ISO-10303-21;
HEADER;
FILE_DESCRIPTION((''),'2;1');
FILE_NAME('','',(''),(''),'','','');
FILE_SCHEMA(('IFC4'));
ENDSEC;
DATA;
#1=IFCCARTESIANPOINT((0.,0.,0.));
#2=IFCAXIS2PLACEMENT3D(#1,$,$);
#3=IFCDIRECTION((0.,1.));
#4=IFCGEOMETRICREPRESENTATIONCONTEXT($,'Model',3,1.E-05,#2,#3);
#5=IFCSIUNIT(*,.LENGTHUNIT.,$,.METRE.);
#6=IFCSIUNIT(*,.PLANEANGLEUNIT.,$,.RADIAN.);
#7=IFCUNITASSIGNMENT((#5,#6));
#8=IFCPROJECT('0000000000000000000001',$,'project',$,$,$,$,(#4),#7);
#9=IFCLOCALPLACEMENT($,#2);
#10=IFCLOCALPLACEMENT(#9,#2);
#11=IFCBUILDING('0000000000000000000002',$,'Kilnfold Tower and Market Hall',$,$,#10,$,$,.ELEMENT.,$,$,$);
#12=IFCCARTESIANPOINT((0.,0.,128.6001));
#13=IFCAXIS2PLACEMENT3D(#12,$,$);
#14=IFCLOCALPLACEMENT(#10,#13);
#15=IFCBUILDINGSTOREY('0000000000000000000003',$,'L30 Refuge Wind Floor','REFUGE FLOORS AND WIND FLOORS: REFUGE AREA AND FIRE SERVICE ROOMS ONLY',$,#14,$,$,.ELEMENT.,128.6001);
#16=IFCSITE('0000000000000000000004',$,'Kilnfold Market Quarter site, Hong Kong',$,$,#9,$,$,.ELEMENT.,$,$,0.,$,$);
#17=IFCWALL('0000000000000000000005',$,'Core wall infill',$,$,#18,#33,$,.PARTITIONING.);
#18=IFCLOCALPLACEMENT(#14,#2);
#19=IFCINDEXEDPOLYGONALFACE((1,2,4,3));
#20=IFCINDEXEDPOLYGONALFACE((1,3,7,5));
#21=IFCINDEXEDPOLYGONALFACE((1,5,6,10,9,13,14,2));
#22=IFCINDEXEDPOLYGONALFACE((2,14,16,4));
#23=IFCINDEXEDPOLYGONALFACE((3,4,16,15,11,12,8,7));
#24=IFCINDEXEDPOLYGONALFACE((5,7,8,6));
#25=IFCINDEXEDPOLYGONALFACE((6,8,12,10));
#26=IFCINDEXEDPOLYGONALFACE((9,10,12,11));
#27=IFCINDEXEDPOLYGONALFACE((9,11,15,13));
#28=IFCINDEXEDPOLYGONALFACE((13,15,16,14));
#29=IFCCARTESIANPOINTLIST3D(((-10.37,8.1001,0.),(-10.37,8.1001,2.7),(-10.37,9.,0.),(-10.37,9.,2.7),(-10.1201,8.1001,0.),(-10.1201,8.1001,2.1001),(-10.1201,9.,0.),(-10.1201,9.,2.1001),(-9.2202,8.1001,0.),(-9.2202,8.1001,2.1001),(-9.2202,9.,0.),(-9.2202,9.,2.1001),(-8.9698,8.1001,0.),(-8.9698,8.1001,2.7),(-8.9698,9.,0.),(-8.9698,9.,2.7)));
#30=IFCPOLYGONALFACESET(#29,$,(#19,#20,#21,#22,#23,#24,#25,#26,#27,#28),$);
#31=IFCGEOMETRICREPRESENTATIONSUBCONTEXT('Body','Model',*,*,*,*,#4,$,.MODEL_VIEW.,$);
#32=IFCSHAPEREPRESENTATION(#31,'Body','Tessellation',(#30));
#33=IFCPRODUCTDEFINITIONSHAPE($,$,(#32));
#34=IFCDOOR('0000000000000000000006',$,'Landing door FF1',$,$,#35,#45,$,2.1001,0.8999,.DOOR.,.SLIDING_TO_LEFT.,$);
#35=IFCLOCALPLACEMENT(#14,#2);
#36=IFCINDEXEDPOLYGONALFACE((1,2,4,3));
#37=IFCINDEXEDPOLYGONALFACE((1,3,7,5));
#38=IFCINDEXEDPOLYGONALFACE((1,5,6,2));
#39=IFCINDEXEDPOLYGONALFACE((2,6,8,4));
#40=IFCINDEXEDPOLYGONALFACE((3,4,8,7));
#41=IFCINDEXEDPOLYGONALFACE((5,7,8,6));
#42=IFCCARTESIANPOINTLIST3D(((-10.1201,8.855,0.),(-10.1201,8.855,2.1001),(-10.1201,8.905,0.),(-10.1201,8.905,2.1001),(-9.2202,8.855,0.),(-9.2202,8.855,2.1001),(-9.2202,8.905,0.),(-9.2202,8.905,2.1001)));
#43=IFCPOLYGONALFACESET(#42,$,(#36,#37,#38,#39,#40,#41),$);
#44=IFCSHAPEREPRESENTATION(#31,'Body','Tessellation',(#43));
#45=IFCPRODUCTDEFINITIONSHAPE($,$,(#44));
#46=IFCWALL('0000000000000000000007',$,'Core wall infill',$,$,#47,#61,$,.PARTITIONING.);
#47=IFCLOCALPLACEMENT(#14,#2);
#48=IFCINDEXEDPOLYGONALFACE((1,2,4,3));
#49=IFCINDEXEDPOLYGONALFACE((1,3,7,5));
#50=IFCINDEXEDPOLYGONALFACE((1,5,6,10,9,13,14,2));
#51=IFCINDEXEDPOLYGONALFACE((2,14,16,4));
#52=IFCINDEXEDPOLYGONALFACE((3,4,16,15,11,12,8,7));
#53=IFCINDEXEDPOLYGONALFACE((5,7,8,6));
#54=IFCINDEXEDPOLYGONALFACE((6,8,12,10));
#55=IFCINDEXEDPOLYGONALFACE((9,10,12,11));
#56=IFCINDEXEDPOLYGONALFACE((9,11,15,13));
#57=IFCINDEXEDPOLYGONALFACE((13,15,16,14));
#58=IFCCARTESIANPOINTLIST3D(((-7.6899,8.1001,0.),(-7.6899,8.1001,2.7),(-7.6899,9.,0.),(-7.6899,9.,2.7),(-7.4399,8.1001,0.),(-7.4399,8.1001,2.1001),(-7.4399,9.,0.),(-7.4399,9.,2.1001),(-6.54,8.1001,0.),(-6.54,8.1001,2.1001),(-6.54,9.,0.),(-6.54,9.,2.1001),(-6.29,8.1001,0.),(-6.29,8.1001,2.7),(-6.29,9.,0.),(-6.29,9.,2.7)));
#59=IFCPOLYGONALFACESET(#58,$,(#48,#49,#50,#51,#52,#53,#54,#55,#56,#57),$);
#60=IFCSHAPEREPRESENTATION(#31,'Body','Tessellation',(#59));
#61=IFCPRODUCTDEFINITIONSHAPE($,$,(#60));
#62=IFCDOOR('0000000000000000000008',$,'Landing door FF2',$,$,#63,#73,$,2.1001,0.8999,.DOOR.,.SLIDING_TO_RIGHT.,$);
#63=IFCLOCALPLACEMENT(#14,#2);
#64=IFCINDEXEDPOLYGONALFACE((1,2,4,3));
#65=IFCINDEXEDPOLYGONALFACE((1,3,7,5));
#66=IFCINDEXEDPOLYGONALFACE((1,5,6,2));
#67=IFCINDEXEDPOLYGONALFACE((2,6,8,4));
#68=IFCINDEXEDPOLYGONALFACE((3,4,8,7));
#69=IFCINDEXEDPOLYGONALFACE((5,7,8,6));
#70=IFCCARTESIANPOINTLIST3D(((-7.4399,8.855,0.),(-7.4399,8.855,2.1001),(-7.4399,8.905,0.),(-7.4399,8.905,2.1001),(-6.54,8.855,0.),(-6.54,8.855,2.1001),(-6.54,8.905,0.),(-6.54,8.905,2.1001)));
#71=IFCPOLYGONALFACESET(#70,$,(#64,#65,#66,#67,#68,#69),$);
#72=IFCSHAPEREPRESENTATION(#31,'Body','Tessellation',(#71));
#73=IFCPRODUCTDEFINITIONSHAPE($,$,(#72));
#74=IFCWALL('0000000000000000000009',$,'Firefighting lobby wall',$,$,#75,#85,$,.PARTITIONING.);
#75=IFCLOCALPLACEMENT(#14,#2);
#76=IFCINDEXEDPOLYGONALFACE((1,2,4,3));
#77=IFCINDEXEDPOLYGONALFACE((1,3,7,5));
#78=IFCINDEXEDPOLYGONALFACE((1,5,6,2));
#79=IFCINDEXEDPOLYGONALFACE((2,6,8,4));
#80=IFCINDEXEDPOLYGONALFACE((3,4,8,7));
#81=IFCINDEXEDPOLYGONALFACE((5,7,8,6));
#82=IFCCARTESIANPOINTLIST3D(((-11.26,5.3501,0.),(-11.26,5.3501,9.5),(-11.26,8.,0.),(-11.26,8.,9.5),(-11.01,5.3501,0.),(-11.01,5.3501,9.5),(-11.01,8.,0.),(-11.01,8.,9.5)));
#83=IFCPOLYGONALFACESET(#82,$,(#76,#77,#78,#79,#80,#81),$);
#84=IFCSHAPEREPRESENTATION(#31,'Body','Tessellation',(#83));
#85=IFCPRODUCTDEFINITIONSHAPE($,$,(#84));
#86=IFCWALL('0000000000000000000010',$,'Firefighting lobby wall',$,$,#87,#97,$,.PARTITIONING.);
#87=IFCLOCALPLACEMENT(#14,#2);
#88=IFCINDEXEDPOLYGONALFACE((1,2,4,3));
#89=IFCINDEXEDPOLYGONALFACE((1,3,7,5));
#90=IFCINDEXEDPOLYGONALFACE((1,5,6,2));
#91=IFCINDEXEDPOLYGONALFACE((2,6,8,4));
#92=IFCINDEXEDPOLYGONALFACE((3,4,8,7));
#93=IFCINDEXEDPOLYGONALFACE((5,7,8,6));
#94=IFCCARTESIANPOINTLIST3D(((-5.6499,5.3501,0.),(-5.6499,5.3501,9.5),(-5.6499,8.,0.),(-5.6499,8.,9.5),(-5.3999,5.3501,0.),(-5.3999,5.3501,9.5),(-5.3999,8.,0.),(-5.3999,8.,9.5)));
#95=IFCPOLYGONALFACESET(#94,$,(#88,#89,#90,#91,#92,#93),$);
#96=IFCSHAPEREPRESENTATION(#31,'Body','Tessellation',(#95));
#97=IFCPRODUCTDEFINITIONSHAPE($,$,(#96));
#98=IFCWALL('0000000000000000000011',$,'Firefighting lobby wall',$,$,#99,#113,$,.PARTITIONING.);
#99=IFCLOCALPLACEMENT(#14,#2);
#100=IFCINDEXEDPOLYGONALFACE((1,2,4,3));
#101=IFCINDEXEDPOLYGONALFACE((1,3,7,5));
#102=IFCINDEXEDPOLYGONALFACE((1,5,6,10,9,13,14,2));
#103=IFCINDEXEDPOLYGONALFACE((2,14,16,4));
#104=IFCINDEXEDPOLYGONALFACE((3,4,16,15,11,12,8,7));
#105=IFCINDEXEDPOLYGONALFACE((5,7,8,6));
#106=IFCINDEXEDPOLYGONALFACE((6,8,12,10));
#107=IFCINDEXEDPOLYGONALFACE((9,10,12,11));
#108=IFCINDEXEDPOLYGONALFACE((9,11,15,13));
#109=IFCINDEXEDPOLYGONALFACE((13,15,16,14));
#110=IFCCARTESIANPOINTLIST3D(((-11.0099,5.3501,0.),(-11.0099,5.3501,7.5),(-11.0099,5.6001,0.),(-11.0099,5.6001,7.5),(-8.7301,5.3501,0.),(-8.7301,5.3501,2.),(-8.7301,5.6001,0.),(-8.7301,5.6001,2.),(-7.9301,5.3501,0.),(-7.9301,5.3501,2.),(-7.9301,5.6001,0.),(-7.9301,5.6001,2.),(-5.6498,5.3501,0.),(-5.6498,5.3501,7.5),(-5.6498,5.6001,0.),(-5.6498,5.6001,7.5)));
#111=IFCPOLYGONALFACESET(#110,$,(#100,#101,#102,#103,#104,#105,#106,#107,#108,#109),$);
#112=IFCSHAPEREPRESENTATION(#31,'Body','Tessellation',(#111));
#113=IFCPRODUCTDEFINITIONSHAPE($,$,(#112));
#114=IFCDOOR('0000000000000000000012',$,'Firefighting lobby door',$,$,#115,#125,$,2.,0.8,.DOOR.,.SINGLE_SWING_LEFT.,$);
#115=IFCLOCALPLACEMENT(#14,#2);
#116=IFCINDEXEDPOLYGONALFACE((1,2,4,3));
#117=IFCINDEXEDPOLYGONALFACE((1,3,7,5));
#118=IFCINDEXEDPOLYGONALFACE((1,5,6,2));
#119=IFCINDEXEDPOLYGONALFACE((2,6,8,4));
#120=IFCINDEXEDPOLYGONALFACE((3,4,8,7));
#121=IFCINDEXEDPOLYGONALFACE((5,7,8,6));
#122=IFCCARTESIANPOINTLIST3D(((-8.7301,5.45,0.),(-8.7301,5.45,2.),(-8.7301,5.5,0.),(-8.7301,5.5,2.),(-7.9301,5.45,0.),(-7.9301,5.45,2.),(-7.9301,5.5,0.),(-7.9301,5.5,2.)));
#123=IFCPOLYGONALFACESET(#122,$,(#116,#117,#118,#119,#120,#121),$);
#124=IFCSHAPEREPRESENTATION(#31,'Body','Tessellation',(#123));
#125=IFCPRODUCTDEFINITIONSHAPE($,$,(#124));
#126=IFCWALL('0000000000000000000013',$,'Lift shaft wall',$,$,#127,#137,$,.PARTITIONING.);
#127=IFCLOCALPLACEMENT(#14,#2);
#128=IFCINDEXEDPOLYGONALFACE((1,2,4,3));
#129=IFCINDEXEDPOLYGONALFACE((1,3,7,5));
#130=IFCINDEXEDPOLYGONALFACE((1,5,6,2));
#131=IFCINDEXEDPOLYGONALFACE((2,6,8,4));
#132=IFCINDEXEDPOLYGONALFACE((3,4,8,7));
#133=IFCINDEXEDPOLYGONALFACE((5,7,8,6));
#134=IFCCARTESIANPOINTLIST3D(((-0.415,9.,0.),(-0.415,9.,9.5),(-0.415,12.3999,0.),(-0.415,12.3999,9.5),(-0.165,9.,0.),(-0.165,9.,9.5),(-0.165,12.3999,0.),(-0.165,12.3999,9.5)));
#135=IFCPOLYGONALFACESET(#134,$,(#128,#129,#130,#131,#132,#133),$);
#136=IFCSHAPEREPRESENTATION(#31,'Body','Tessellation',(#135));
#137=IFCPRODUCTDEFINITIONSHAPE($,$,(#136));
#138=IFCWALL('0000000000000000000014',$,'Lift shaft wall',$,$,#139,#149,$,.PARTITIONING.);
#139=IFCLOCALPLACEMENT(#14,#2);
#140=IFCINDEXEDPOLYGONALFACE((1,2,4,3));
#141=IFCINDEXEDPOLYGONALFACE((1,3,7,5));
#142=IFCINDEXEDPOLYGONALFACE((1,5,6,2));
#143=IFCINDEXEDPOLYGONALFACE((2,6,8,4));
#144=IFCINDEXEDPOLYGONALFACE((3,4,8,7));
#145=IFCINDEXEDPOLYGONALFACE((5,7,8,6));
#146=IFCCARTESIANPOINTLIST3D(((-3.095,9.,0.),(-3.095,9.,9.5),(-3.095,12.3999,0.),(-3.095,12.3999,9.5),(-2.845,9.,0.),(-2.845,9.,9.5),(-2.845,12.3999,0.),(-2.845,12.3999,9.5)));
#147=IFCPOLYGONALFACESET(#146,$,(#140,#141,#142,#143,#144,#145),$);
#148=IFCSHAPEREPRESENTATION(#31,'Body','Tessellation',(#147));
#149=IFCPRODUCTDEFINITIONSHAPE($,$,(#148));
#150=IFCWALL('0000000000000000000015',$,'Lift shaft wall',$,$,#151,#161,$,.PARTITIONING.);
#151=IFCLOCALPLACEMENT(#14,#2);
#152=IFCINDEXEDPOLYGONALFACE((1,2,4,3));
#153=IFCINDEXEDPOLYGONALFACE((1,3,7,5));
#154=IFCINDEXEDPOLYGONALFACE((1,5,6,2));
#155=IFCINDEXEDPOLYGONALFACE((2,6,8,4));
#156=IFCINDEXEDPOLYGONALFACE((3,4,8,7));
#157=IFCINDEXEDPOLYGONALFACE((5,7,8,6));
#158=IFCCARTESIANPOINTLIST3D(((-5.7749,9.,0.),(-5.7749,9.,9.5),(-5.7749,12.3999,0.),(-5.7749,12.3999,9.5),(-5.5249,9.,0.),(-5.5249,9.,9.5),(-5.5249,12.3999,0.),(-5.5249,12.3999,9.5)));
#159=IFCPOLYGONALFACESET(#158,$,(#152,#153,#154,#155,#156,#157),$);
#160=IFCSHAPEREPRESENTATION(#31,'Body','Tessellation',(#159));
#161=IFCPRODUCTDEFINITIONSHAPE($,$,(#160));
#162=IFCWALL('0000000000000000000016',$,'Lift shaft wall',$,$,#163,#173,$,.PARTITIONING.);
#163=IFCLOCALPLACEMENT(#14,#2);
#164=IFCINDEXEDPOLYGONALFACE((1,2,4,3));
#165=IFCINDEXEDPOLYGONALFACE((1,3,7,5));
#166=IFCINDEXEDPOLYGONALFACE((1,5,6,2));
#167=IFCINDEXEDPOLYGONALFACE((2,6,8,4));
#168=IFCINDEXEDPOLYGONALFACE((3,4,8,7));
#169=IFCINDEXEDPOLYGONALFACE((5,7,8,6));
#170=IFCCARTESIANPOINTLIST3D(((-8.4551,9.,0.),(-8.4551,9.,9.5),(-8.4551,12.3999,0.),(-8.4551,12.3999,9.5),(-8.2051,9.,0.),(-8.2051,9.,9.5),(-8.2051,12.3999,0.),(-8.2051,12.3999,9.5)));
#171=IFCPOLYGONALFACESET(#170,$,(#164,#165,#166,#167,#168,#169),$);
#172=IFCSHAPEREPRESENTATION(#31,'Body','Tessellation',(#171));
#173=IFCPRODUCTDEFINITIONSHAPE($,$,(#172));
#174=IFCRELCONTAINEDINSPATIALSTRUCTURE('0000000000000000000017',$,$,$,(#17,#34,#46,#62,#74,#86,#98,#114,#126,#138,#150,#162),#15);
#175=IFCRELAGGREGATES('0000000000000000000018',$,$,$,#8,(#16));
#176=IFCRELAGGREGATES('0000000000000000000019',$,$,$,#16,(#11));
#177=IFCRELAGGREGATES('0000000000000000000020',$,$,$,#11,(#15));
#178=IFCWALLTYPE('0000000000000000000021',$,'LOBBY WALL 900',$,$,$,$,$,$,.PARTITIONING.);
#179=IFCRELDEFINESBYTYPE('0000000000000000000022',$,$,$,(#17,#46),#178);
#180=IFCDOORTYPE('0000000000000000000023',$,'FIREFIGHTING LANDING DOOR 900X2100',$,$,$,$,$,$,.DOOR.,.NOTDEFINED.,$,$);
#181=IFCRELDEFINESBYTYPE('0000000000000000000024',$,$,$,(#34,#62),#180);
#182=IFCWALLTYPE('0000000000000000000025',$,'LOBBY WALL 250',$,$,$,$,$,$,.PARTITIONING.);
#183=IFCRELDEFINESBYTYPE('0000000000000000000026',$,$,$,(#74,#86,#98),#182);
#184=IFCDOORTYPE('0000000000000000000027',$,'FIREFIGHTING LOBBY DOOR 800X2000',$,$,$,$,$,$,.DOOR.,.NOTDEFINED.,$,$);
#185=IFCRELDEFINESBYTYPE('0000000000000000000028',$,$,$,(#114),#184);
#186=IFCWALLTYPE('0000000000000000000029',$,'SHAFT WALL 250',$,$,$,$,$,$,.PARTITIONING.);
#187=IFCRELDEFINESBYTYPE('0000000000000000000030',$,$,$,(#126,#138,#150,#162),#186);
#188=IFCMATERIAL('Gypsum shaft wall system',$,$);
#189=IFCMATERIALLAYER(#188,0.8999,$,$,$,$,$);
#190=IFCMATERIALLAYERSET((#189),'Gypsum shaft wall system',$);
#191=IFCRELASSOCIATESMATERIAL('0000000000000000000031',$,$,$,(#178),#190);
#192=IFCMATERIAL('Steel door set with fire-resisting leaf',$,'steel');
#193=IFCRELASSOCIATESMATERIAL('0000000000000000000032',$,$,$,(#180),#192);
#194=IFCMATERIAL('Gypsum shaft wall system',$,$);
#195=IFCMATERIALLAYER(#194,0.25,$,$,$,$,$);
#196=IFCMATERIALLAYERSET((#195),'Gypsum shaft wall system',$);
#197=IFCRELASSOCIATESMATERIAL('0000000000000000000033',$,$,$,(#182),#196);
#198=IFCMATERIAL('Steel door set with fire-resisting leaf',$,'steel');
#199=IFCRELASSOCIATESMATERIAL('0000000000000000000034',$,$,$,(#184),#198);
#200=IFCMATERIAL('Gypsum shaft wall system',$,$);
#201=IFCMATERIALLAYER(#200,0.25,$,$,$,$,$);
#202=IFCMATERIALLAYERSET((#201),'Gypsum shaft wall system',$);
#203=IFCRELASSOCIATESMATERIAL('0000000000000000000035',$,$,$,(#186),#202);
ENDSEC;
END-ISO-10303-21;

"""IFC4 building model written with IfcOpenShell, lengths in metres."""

from ifc_helpers import new_model, si_unit, direction, frame, frame_2d, origin, place, context, subcontext, project, spatial, rectangle, extrude, source, transform, mapped, material, layer, layer_set, type_object, element, fill, save


model = new_model("IFC4")

# Units and contexts
model_context = context("Model", 3, precision=1e-05, world=origin(), true_north=direction((0.0, 1.0)))
body_context = subcontext(model_context, "Body", "Model", "MODEL_VIEW")
ifc_project = project(units=[si_unit("LENGTHUNIT", "METRE"), si_unit("PLANEANGLEUNIT", "RADIAN")], contexts=[model_context])

# Site, building, storey
site_placement = place(None, origin())
site = spatial("IfcSite", under=ifc_project, at=site_placement, Name="Kilnfold Market Quarter site, Hong Kong", CompositionType="ELEMENT", RefElevation=0.0)
building_placement = place(site_placement, origin())
building = spatial("IfcBuilding", under=site, at=building_placement, Name="Kilnfold Tower and Market Hall", CompositionType="ELEMENT")
storey_placement = place(building_placement, frame((0.0, 0.0, 128.6001)))
storey = spatial("IfcBuildingStorey", under=building, at=storey_placement, Name="L30 Refuge Wind Floor", Description="REFUGE FLOORS AND WIND FLOORS: REFUGE AREA AND FIRE SERVICE ROOMS ONLY", CompositionType="ELEMENT", Elevation=128.6001)

# Walls, openings, doors
ifc_material_1 = material(Name="Gypsum shaft wall system")
ifc_layer_1 = layer(ifc_material_1, 0.8999)
ifc_layer_set_1 = layer_set([ifc_layer_1], Name="Gypsum shaft wall system")
wall_type_1 = type_object("IfcWallType", Name="LOBBY WALL 900", PredefinedType="PARTITIONING", material=ifc_layer_set_1)
shared_shape_1 = source(origin(), body_context, "Body", "SweptSolid", [
    extrude(rectangle(XDim=1.4001, YDim=0.8999, at=frame_2d((0.7002, 0.0))), origin(), (0.0, 0.0, 1.0), 2.7),
])
wall_1_placement = place(storey_placement, frame((-10.3701, 8.55, 0.0), z_axis=(0.0, 0.0, 1.0), x_axis=(1.0, 0.0, 0.0)))
wall_1 = element("IfcWall", 1, at=wall_1_placement, inside=storey, type_object=wall_type_1, Name="Core wall infill", PredefinedType="PARTITIONING", context=body_context, shape_type="MappedRepresentation", body=[
    mapped(shared_shape_1, transform((0.0, 0.0, 0.0))),
])
opening_1_placement = place(wall_1_placement, frame((0.25, 0.0, 0.0)))
opening_1 = element("IfcOpeningElement", 2, at=opening_1_placement, cuts=wall_1, PredefinedType="OPENING", context=body_context, shape_type="SweptSolid", body=[
    extrude(rectangle(XDim=0.8999, YDim=2.1001, at=frame_2d((0.45, 1.05))), frame((0.0, 0.46, 0.0), z_axis=(0.0, -1.0, 0.0), x_axis=(1.0, 0.0, 0.0)), (0.0, 0.0, 1.0), 0.9199),
])
ifc_material_2 = material(Name="Steel door set with fire-resisting leaf", Category="steel")
door_type_1 = type_object("IfcDoorType", Name="FIREFIGHTING LANDING DOOR 900X2100", OperationType="NOTDEFINED", PredefinedType="DOOR", material=ifc_material_2)
door_1_placement = place(opening_1_placement, origin())
door_1 = element("IfcDoor", 3, at=door_1_placement, inside=storey, type_object=door_type_1, Name="Landing door FF1", OperationType="SLIDING_TO_LEFT", OverallHeight=2.1001, OverallWidth=0.8999, PredefinedType="DOOR", context=body_context, shape_type="SweptSolid", body=[
    extrude(rectangle(XDim=0.8999, YDim=2.1001, at=frame_2d((0.45, 1.05))), frame((0.0, 0.355, 0.0), z_axis=(0.0, -1.0, 0.0), x_axis=(1.0, 0.0, 0.0)), (0.0, 0.0, 1.0), 0.05),
])
fill(opening_1, door_1)
shared_shape_2 = source(origin(), body_context, "Body", "SweptSolid", [
    extrude(rectangle(XDim=1.3999, YDim=0.8999, at=frame_2d((0.7, 0.0))), origin(), (0.0, 0.0, 1.0), 2.7),
])
wall_2_placement = place(storey_placement, frame((-7.6899, 8.55, 0.0), z_axis=(0.0, 0.0, 1.0), x_axis=(1.0, 0.0, 0.0)))
wall_2 = element("IfcWall", 4, at=wall_2_placement, inside=storey, type_object=wall_type_1, Name="Core wall infill", PredefinedType="PARTITIONING", context=body_context, shape_type="MappedRepresentation", body=[
    mapped(shared_shape_2, transform((0.0, 0.0, 0.0))),
])
opening_2_placement = place(wall_2_placement, frame((0.25, 0.0, 0.0)))
opening_2 = element("IfcOpeningElement", 5, at=opening_2_placement, cuts=wall_2, PredefinedType="OPENING", context=body_context, shape_type="SweptSolid", body=[
    extrude(rectangle(XDim=0.8999, YDim=2.1001, at=frame_2d((0.45, 1.05))), frame((0.0, 0.46, 0.0), z_axis=(0.0, -1.0, 0.0), x_axis=(1.0, 0.0, 0.0)), (0.0, 0.0, 1.0), 0.9199),
])
door_2_placement = place(opening_2_placement, origin())
door_2 = element("IfcDoor", 6, at=door_2_placement, inside=storey, type_object=door_type_1, Name="Landing door FF2", OperationType="SLIDING_TO_RIGHT", OverallHeight=2.1001, OverallWidth=0.8999, PredefinedType="DOOR", context=body_context, shape_type="SweptSolid", body=[
    extrude(rectangle(XDim=0.8999, YDim=2.1001, at=frame_2d((0.45, 1.05))), frame((0.0, 0.355, 0.0), z_axis=(0.0, -1.0, 0.0), x_axis=(1.0, 0.0, 0.0)), (0.0, 0.0, 1.0), 0.05),
])
fill(opening_2, door_2)

# Walls
ifc_material_3 = material(Name="Gypsum shaft wall system")
ifc_layer_2 = layer(ifc_material_3, 0.25)
ifc_layer_set_2 = layer_set([ifc_layer_2], Name="Gypsum shaft wall system")
wall_type_2 = type_object("IfcWallType", Name="LOBBY WALL 250", PredefinedType="PARTITIONING", material=ifc_layer_set_2)
shared_shape_3 = source(origin(), body_context, "Body", "SweptSolid", [
    extrude(rectangle(XDim=2.6499, YDim=0.25, at=frame_2d((1.325, 0.0))), origin(), (0.0, 0.0, 1.0), 9.5),
])
for number, where, z_axis, x_axis, name in (
    (7, (-11.135, 5.3501, 0.0), (0.0, 0.0, 1.0), (0.0, 1.0, 0.0), "Firefighting lobby wall"),
    (8, (-5.5249, 5.3501, 0.0), (0.0, 0.0, 1.0), (0.0, 1.0, 0.0), "Firefighting lobby wall"),
):
    element("IfcWall", number, at=place(storey_placement, frame(where, z_axis=z_axis, x_axis=x_axis)), inside=storey, type_object=wall_type_2, Name=name, PredefinedType="PARTITIONING", context=body_context, shape_type="MappedRepresentation", body=[
        mapped(shared_shape_3, transform((0.0, 0.0, 0.0))),
    ])

# Wall, opening, door
shared_shape_4 = source(origin(), body_context, "Body", "SweptSolid", [
    extrude(rectangle(XDim=5.3601, YDim=0.25, at=frame_2d((2.6802, 0.0))), origin(), (0.0, 0.0, 1.0), 7.5),
])
wall_3_placement = place(storey_placement, frame((-11.01, 5.4751, 0.0), z_axis=(0.0, 0.0, 1.0), x_axis=(1.0, 0.0, 0.0)))
wall_3 = element("IfcWall", 9, at=wall_3_placement, inside=storey, type_object=wall_type_2, Name="Firefighting lobby wall", PredefinedType="PARTITIONING", context=body_context, shape_type="MappedRepresentation", body=[
    mapped(shared_shape_4, transform((0.0, 0.0, 0.0))),
])
opening_3_placement = place(wall_3_placement, frame((2.28, 0.0, 0.0)))
opening_3 = element("IfcOpeningElement", 10, at=opening_3_placement, cuts=wall_3, PredefinedType="OPENING", context=body_context, shape_type="SweptSolid", body=[
    extrude(rectangle(XDim=0.8, YDim=2.0, at=frame_2d((0.3999, 1.0))), frame((0.0, 0.135, 0.0), z_axis=(0.0, -1.0, 0.0), x_axis=(1.0, 0.0, 0.0)), (0.0, 0.0, 1.0), 0.27),
])
ifc_material_4 = material(Name="Steel door set with fire-resisting leaf", Category="steel")
door_type_2 = type_object("IfcDoorType", Name="FIREFIGHTING LOBBY DOOR 800X2000", OperationType="NOTDEFINED", PredefinedType="DOOR", material=ifc_material_4)
door_3_placement = place(opening_3_placement, origin())
door_3 = element("IfcDoor", 11, at=door_3_placement, inside=storey, type_object=door_type_2, Name="Firefighting lobby door", OperationType="SINGLE_SWING_LEFT", OverallHeight=2.0, OverallWidth=0.8, PredefinedType="DOOR", context=body_context, shape_type="SweptSolid", body=[
    extrude(rectangle(XDim=0.8, YDim=2.0, at=frame_2d((0.3999, 1.0))), frame((0.0, 0.0249, 0.0), z_axis=(0.0, -1.0, 0.0), x_axis=(1.0, 0.0, 0.0)), (0.0, 0.0, 1.0), 0.05),
])
fill(opening_3, door_3)

# Walls
ifc_material_5 = material(Name="Gypsum shaft wall system")
ifc_layer_3 = layer(ifc_material_5, 0.25)
ifc_layer_set_3 = layer_set([ifc_layer_3], Name="Gypsum shaft wall system")
wall_type_3 = type_object("IfcWallType", Name="SHAFT WALL 250", PredefinedType="PARTITIONING", material=ifc_layer_set_3)
shared_shape_5 = source(origin(), body_context, "Body", "SweptSolid", [
    extrude(rectangle(XDim=3.3999, YDim=0.25, at=frame_2d((1.7, 0.0))), origin(), (0.0, 0.0, 1.0), 9.5),
])
for number, where, z_axis, x_axis, name in (
    (12, (-0.29, 9.0, 0.0), (0.0, 0.0, 1.0), (0.0, 1.0, 0.0), "Lift shaft wall"),
    (13, (-2.97, 9.0, 0.0), (0.0, 0.0, 1.0), (0.0, 1.0, 0.0), "Lift shaft wall"),
    (14, (-5.6499, 9.0, 0.0), (0.0, 0.0, 1.0), (0.0, 1.0, 0.0), "Lift shaft wall"),
    (15, (-8.3301, 9.0, 0.0), (0.0, 0.0, 1.0), (0.0, 1.0, 0.0), "Lift shaft wall"),
):
    element("IfcWall", number, at=place(storey_placement, frame(where, z_axis=z_axis, x_axis=x_axis)), inside=storey, type_object=wall_type_3, Name=name, PredefinedType="PARTITIONING", context=body_context, shape_type="MappedRepresentation", body=[
        mapped(shared_shape_5, transform((0.0, 0.0, 0.0))),
    ])

save(model, "model.ifc")
